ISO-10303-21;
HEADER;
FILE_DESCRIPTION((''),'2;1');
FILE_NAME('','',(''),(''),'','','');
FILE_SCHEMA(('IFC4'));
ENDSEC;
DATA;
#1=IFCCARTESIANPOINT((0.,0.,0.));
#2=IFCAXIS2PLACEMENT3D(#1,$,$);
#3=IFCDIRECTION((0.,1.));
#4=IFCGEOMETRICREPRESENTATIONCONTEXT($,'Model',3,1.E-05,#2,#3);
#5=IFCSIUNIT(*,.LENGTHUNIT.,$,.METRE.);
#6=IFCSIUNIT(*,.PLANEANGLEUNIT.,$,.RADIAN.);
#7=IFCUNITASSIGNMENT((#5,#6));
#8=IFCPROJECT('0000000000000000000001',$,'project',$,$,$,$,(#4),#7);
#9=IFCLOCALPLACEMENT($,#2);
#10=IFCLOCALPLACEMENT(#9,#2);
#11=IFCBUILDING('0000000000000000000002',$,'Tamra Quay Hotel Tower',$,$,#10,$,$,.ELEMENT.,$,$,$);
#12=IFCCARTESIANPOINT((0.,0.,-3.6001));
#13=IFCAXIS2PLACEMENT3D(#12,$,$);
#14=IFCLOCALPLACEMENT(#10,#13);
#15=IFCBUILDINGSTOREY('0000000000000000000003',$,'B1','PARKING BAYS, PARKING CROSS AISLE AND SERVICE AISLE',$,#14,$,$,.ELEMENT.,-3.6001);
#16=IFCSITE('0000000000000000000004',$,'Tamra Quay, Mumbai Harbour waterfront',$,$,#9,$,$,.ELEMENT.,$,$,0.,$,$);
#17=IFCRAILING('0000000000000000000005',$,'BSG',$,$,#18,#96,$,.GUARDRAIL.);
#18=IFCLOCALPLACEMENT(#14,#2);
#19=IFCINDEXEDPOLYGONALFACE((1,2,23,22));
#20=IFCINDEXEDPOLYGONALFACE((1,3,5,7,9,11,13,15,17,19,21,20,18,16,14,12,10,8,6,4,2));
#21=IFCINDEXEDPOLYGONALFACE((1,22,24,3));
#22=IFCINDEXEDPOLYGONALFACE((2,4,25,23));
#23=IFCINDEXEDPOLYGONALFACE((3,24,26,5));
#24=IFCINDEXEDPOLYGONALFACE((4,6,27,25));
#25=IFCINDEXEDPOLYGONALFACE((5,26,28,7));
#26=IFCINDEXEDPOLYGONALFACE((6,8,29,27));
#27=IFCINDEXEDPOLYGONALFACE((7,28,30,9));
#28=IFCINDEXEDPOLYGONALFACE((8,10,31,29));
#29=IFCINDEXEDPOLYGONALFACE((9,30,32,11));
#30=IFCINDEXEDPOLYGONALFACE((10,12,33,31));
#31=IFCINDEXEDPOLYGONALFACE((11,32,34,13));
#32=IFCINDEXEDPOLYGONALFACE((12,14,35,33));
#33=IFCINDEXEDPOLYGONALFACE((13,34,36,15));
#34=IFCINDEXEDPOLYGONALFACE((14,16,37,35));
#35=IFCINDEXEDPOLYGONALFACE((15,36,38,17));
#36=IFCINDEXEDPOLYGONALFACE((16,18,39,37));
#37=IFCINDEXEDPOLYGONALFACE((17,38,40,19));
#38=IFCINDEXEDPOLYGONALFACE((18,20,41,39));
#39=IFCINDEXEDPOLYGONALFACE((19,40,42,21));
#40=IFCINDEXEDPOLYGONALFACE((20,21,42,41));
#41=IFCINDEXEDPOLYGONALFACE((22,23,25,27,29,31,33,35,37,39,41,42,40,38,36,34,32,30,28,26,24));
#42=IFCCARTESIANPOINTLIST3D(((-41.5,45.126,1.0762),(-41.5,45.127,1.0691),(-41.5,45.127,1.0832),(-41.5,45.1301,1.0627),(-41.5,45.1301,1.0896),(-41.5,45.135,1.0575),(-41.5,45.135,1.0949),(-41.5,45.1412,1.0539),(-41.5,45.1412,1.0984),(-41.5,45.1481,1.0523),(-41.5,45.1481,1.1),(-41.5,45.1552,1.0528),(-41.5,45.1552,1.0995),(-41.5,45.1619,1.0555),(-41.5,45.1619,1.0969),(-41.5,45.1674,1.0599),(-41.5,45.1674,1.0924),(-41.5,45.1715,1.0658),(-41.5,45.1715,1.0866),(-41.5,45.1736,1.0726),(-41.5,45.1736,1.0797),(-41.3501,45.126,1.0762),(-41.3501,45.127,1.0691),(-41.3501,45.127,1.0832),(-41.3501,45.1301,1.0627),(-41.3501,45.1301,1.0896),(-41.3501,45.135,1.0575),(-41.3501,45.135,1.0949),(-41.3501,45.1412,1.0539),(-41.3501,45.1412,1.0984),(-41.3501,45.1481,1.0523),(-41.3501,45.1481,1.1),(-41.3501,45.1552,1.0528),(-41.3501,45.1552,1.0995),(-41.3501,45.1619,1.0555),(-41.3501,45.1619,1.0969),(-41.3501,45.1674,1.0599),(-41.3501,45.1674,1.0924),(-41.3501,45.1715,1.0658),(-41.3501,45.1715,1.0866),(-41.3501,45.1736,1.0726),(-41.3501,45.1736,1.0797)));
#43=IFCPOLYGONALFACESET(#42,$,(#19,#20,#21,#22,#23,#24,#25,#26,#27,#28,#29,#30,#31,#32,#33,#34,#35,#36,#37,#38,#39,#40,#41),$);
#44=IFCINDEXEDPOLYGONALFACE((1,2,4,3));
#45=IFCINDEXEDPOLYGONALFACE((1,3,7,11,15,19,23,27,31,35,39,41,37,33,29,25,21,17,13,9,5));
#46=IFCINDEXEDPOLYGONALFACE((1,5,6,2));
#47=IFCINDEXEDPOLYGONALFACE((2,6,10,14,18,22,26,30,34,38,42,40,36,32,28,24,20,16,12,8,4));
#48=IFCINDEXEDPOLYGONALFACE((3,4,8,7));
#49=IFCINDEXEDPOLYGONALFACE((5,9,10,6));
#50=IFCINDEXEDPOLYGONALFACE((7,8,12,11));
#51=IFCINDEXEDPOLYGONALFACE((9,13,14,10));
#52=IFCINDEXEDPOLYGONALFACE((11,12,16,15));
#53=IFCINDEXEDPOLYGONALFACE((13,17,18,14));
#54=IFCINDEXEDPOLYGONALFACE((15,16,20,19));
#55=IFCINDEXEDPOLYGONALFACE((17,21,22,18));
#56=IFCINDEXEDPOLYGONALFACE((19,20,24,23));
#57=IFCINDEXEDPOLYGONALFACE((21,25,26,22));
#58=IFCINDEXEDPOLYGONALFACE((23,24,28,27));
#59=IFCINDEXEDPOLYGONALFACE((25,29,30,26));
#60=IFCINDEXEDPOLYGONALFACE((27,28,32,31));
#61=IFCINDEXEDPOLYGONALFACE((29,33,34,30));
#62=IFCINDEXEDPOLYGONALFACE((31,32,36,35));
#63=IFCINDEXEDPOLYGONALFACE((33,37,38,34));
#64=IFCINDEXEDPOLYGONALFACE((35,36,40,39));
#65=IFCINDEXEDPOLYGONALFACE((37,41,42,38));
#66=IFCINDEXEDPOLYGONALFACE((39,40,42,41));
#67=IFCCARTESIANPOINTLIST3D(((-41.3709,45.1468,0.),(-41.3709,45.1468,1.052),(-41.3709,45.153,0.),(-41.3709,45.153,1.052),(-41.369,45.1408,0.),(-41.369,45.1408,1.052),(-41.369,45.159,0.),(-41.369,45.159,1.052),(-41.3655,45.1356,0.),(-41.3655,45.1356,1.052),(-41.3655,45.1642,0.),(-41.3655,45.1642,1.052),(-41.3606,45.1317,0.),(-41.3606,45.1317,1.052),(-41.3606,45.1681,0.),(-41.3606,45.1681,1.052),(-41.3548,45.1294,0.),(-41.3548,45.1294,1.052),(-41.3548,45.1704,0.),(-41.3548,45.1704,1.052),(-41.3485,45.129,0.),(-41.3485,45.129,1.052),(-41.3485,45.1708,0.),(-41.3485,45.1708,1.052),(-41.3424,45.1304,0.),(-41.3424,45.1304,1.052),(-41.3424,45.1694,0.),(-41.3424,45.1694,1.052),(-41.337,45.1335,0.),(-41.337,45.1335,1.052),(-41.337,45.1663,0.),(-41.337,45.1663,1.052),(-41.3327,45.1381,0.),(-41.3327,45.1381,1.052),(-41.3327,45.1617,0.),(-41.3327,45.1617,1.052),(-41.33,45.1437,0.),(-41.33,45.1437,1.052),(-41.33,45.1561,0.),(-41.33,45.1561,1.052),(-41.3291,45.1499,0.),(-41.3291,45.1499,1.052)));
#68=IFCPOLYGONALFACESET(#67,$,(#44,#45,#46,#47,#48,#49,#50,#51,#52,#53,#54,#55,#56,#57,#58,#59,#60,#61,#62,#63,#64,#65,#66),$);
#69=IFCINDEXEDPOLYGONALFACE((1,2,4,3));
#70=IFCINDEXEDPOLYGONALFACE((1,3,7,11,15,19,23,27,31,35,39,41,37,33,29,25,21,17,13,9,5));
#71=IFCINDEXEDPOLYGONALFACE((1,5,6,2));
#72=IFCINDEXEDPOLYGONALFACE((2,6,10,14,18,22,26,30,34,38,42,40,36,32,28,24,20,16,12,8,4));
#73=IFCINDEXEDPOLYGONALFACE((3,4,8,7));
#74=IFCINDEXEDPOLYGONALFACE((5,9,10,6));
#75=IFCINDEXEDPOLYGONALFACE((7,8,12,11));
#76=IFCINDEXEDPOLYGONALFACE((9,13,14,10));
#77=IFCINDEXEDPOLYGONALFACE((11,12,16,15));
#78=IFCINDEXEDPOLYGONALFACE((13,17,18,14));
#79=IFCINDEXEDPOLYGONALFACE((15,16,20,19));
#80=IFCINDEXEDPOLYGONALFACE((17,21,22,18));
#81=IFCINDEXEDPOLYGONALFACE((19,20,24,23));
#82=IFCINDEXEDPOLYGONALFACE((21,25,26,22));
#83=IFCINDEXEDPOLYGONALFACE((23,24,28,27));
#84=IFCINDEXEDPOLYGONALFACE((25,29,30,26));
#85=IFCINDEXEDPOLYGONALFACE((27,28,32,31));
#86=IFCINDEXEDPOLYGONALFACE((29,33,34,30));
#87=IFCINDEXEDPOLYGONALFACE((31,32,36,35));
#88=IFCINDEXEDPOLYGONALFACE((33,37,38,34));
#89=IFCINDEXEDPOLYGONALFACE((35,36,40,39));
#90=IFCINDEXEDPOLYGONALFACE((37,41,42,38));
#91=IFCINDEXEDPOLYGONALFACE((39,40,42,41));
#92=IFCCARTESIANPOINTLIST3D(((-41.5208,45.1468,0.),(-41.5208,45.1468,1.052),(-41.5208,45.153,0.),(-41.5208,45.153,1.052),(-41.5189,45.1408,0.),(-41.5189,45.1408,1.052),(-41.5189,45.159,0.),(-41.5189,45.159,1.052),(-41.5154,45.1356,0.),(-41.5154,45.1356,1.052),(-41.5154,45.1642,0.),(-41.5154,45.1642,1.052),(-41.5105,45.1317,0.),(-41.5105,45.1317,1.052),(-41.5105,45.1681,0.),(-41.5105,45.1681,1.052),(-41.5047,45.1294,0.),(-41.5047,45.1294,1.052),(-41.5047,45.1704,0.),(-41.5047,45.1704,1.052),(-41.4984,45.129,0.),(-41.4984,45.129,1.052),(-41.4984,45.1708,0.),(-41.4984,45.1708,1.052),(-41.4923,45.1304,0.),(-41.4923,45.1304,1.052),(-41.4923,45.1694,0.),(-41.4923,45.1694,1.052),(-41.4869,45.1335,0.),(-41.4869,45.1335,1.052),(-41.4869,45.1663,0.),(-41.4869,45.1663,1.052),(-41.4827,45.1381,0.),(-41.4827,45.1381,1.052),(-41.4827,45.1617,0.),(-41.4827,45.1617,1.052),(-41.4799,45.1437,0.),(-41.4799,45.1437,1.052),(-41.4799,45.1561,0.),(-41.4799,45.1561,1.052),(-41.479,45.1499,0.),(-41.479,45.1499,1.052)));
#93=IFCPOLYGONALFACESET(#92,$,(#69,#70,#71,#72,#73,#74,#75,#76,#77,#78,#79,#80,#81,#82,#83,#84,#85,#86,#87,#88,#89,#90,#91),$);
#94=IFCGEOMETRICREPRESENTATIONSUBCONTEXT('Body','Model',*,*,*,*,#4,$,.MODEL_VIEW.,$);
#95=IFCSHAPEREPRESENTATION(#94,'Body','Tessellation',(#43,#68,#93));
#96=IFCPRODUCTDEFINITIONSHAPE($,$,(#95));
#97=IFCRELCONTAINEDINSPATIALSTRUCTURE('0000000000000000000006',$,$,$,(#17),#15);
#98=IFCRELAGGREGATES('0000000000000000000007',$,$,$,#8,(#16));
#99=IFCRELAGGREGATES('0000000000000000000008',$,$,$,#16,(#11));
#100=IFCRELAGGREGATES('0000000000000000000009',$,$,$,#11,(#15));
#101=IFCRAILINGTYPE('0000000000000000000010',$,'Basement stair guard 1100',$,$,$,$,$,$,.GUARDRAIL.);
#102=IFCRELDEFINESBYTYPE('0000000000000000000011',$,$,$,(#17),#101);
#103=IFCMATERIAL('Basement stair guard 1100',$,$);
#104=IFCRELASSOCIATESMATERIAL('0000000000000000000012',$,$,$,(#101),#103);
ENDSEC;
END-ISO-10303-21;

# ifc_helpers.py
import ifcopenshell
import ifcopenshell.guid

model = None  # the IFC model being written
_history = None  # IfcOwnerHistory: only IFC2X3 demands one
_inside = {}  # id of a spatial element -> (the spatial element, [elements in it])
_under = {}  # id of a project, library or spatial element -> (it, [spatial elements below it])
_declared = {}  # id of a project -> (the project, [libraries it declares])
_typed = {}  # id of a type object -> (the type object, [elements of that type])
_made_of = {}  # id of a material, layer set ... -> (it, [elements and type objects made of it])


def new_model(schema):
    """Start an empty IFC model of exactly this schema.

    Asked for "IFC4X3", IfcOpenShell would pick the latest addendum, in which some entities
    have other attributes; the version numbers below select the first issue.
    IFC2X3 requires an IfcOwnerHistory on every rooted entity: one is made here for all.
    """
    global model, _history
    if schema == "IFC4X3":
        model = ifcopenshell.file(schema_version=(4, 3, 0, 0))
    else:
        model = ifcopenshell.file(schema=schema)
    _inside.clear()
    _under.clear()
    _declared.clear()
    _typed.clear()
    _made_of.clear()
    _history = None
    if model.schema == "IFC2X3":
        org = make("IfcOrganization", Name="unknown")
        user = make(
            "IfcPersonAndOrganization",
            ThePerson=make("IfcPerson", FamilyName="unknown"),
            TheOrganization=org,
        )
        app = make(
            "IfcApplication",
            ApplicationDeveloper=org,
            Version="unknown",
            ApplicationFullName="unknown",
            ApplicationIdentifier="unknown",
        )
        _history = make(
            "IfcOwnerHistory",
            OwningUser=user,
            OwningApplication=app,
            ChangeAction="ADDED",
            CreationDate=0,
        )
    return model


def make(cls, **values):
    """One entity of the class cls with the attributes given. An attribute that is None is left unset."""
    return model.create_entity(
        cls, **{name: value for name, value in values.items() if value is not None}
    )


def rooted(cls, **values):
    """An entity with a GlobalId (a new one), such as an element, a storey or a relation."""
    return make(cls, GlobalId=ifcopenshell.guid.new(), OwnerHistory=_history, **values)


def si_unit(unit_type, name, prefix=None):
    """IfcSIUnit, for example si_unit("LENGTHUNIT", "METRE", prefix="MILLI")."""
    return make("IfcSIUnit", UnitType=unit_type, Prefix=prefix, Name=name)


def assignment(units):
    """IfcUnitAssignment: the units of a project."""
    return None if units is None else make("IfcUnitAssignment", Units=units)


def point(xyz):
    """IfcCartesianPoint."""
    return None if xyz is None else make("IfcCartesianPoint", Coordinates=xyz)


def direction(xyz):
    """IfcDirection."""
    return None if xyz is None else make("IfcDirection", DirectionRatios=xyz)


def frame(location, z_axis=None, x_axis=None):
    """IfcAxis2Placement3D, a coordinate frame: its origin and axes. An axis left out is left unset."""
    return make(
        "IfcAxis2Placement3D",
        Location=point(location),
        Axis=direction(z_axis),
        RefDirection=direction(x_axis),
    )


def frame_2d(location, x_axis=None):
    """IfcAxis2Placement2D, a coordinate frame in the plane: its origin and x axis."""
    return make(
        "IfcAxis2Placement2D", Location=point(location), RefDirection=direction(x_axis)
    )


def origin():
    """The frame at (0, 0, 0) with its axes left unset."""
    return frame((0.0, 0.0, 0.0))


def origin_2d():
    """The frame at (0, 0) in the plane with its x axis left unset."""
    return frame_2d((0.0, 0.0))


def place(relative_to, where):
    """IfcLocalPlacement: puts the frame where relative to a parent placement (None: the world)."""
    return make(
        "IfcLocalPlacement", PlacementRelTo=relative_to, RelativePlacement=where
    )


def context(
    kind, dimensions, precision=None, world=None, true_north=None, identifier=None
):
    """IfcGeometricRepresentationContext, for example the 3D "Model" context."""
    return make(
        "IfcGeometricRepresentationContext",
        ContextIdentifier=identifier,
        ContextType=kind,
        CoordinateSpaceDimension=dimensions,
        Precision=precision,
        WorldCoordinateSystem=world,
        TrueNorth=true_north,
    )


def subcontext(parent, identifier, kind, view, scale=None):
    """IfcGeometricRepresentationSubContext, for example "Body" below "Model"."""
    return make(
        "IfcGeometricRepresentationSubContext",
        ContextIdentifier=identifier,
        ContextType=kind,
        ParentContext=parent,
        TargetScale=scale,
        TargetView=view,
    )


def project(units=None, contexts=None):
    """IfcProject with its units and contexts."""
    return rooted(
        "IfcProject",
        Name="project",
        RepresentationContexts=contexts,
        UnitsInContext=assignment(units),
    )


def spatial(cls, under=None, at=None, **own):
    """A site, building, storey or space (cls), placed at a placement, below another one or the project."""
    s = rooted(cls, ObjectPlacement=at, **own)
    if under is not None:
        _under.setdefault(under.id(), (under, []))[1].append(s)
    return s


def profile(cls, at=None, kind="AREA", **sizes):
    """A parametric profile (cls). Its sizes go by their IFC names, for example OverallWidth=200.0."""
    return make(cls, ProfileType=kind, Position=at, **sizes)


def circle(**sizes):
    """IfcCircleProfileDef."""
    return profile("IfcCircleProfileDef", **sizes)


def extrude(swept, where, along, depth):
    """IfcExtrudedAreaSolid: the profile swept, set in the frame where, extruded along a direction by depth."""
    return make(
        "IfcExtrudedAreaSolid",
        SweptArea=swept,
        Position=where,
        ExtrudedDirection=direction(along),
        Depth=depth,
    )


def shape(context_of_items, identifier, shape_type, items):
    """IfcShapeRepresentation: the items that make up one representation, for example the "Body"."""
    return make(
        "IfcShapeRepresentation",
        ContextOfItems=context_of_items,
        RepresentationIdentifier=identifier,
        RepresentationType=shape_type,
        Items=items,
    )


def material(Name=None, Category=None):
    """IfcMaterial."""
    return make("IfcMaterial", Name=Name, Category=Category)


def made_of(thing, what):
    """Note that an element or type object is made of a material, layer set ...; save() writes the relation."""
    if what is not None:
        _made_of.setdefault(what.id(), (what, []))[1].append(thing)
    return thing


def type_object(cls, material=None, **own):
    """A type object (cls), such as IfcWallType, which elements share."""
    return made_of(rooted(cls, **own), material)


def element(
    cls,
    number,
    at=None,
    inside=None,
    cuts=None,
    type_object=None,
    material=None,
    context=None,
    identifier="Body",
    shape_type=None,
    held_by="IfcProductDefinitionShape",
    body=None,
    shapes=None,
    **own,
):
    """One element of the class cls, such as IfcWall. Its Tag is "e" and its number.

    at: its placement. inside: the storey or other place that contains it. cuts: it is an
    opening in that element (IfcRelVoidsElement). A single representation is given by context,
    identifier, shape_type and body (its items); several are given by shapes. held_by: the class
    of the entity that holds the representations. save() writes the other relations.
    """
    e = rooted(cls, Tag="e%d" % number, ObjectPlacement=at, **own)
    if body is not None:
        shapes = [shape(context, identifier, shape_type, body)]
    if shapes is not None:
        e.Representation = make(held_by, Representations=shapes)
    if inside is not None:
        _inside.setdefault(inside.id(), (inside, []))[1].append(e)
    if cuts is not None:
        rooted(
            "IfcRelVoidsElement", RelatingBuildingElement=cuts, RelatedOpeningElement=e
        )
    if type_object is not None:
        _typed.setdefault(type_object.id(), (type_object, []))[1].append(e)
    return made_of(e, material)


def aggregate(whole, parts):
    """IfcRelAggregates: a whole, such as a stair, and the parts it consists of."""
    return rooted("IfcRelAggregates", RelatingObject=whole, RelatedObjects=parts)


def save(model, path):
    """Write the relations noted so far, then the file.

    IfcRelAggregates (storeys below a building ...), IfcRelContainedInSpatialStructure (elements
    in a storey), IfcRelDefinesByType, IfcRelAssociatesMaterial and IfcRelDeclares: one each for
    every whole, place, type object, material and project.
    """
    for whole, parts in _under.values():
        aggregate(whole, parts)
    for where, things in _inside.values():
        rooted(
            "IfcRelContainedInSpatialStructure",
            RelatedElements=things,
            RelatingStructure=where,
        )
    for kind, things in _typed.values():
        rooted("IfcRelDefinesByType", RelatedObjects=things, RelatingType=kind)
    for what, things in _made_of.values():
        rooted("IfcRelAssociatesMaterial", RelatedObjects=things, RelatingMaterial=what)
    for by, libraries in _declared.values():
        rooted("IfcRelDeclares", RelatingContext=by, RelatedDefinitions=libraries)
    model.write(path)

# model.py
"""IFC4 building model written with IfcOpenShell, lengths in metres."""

from ifc_helpers import new_model, si_unit, direction, frame, origin, origin_2d, place, context, subcontext, project, spatial, circle, extrude, material, type_object, element, save


model = new_model("IFC4")

# Units and contexts
model_context = context("Model", 3, precision=1e-05, world=origin(), true_north=direction((0.0, 1.0)))
body_context = subcontext(model_context, "Body", "Model", "MODEL_VIEW")
ifc_project = project(units=[si_unit("LENGTHUNIT", "METRE"), si_unit("PLANEANGLEUNIT", "RADIAN")], contexts=[model_context])

# Site, building, storey
site_placement = place(None, origin())
site = spatial("IfcSite", under=ifc_project, at=site_placement, Name="Tamra Quay, Mumbai Harbour waterfront", CompositionType="ELEMENT", RefElevation=0.0)
building_placement = place(site_placement, origin())
building = spatial("IfcBuilding", under=site, at=building_placement, Name="Tamra Quay Hotel Tower", CompositionType="ELEMENT")
storey_placement = place(building_placement, frame((0.0, 0.0, -3.6001)))
storey = spatial("IfcBuildingStorey", under=building, at=storey_placement, Name="B1", Description="PARKING BAYS, PARKING CROSS AISLE AND SERVICE AISLE", CompositionType="ELEMENT", Elevation=-3.6001)

# Railing
ifc_material_1 = material(Name="Basement stair guard 1100")
railing_type_1 = type_object("IfcRailingType", Name="Basement stair guard 1100", PredefinedType="GUARDRAIL", material=ifc_material_1)
railing_1_placement = place(storey_placement, frame((-41.3501, 45.1499, 0.0)))
element("IfcRailing", 1, at=railing_1_placement, inside=storey, type_object=railing_type_1, Name="BSG", PredefinedType="GUARDRAIL", context=body_context, shape_type="SweptSolid", body=[
    extrude(circle(Radius=0.0239, at=origin_2d()), frame((0.0, 0.0, 1.0762), z_axis=(-1.0, 0.0, 0.0), x_axis=(0.0, -1.0, 0.0)), (0.0, 0.0, 1.0), 0.1499),
    extrude(circle(Radius=0.021, at=origin_2d()), origin(), (0.0, 0.0, 1.0), 1.052),
    extrude(circle(Radius=0.021, at=origin_2d()), frame((-0.1499, 0.0, 0.0)), (0.0, 0.0, 1.0), 1.052),
])

save(model, "model.ifc")
